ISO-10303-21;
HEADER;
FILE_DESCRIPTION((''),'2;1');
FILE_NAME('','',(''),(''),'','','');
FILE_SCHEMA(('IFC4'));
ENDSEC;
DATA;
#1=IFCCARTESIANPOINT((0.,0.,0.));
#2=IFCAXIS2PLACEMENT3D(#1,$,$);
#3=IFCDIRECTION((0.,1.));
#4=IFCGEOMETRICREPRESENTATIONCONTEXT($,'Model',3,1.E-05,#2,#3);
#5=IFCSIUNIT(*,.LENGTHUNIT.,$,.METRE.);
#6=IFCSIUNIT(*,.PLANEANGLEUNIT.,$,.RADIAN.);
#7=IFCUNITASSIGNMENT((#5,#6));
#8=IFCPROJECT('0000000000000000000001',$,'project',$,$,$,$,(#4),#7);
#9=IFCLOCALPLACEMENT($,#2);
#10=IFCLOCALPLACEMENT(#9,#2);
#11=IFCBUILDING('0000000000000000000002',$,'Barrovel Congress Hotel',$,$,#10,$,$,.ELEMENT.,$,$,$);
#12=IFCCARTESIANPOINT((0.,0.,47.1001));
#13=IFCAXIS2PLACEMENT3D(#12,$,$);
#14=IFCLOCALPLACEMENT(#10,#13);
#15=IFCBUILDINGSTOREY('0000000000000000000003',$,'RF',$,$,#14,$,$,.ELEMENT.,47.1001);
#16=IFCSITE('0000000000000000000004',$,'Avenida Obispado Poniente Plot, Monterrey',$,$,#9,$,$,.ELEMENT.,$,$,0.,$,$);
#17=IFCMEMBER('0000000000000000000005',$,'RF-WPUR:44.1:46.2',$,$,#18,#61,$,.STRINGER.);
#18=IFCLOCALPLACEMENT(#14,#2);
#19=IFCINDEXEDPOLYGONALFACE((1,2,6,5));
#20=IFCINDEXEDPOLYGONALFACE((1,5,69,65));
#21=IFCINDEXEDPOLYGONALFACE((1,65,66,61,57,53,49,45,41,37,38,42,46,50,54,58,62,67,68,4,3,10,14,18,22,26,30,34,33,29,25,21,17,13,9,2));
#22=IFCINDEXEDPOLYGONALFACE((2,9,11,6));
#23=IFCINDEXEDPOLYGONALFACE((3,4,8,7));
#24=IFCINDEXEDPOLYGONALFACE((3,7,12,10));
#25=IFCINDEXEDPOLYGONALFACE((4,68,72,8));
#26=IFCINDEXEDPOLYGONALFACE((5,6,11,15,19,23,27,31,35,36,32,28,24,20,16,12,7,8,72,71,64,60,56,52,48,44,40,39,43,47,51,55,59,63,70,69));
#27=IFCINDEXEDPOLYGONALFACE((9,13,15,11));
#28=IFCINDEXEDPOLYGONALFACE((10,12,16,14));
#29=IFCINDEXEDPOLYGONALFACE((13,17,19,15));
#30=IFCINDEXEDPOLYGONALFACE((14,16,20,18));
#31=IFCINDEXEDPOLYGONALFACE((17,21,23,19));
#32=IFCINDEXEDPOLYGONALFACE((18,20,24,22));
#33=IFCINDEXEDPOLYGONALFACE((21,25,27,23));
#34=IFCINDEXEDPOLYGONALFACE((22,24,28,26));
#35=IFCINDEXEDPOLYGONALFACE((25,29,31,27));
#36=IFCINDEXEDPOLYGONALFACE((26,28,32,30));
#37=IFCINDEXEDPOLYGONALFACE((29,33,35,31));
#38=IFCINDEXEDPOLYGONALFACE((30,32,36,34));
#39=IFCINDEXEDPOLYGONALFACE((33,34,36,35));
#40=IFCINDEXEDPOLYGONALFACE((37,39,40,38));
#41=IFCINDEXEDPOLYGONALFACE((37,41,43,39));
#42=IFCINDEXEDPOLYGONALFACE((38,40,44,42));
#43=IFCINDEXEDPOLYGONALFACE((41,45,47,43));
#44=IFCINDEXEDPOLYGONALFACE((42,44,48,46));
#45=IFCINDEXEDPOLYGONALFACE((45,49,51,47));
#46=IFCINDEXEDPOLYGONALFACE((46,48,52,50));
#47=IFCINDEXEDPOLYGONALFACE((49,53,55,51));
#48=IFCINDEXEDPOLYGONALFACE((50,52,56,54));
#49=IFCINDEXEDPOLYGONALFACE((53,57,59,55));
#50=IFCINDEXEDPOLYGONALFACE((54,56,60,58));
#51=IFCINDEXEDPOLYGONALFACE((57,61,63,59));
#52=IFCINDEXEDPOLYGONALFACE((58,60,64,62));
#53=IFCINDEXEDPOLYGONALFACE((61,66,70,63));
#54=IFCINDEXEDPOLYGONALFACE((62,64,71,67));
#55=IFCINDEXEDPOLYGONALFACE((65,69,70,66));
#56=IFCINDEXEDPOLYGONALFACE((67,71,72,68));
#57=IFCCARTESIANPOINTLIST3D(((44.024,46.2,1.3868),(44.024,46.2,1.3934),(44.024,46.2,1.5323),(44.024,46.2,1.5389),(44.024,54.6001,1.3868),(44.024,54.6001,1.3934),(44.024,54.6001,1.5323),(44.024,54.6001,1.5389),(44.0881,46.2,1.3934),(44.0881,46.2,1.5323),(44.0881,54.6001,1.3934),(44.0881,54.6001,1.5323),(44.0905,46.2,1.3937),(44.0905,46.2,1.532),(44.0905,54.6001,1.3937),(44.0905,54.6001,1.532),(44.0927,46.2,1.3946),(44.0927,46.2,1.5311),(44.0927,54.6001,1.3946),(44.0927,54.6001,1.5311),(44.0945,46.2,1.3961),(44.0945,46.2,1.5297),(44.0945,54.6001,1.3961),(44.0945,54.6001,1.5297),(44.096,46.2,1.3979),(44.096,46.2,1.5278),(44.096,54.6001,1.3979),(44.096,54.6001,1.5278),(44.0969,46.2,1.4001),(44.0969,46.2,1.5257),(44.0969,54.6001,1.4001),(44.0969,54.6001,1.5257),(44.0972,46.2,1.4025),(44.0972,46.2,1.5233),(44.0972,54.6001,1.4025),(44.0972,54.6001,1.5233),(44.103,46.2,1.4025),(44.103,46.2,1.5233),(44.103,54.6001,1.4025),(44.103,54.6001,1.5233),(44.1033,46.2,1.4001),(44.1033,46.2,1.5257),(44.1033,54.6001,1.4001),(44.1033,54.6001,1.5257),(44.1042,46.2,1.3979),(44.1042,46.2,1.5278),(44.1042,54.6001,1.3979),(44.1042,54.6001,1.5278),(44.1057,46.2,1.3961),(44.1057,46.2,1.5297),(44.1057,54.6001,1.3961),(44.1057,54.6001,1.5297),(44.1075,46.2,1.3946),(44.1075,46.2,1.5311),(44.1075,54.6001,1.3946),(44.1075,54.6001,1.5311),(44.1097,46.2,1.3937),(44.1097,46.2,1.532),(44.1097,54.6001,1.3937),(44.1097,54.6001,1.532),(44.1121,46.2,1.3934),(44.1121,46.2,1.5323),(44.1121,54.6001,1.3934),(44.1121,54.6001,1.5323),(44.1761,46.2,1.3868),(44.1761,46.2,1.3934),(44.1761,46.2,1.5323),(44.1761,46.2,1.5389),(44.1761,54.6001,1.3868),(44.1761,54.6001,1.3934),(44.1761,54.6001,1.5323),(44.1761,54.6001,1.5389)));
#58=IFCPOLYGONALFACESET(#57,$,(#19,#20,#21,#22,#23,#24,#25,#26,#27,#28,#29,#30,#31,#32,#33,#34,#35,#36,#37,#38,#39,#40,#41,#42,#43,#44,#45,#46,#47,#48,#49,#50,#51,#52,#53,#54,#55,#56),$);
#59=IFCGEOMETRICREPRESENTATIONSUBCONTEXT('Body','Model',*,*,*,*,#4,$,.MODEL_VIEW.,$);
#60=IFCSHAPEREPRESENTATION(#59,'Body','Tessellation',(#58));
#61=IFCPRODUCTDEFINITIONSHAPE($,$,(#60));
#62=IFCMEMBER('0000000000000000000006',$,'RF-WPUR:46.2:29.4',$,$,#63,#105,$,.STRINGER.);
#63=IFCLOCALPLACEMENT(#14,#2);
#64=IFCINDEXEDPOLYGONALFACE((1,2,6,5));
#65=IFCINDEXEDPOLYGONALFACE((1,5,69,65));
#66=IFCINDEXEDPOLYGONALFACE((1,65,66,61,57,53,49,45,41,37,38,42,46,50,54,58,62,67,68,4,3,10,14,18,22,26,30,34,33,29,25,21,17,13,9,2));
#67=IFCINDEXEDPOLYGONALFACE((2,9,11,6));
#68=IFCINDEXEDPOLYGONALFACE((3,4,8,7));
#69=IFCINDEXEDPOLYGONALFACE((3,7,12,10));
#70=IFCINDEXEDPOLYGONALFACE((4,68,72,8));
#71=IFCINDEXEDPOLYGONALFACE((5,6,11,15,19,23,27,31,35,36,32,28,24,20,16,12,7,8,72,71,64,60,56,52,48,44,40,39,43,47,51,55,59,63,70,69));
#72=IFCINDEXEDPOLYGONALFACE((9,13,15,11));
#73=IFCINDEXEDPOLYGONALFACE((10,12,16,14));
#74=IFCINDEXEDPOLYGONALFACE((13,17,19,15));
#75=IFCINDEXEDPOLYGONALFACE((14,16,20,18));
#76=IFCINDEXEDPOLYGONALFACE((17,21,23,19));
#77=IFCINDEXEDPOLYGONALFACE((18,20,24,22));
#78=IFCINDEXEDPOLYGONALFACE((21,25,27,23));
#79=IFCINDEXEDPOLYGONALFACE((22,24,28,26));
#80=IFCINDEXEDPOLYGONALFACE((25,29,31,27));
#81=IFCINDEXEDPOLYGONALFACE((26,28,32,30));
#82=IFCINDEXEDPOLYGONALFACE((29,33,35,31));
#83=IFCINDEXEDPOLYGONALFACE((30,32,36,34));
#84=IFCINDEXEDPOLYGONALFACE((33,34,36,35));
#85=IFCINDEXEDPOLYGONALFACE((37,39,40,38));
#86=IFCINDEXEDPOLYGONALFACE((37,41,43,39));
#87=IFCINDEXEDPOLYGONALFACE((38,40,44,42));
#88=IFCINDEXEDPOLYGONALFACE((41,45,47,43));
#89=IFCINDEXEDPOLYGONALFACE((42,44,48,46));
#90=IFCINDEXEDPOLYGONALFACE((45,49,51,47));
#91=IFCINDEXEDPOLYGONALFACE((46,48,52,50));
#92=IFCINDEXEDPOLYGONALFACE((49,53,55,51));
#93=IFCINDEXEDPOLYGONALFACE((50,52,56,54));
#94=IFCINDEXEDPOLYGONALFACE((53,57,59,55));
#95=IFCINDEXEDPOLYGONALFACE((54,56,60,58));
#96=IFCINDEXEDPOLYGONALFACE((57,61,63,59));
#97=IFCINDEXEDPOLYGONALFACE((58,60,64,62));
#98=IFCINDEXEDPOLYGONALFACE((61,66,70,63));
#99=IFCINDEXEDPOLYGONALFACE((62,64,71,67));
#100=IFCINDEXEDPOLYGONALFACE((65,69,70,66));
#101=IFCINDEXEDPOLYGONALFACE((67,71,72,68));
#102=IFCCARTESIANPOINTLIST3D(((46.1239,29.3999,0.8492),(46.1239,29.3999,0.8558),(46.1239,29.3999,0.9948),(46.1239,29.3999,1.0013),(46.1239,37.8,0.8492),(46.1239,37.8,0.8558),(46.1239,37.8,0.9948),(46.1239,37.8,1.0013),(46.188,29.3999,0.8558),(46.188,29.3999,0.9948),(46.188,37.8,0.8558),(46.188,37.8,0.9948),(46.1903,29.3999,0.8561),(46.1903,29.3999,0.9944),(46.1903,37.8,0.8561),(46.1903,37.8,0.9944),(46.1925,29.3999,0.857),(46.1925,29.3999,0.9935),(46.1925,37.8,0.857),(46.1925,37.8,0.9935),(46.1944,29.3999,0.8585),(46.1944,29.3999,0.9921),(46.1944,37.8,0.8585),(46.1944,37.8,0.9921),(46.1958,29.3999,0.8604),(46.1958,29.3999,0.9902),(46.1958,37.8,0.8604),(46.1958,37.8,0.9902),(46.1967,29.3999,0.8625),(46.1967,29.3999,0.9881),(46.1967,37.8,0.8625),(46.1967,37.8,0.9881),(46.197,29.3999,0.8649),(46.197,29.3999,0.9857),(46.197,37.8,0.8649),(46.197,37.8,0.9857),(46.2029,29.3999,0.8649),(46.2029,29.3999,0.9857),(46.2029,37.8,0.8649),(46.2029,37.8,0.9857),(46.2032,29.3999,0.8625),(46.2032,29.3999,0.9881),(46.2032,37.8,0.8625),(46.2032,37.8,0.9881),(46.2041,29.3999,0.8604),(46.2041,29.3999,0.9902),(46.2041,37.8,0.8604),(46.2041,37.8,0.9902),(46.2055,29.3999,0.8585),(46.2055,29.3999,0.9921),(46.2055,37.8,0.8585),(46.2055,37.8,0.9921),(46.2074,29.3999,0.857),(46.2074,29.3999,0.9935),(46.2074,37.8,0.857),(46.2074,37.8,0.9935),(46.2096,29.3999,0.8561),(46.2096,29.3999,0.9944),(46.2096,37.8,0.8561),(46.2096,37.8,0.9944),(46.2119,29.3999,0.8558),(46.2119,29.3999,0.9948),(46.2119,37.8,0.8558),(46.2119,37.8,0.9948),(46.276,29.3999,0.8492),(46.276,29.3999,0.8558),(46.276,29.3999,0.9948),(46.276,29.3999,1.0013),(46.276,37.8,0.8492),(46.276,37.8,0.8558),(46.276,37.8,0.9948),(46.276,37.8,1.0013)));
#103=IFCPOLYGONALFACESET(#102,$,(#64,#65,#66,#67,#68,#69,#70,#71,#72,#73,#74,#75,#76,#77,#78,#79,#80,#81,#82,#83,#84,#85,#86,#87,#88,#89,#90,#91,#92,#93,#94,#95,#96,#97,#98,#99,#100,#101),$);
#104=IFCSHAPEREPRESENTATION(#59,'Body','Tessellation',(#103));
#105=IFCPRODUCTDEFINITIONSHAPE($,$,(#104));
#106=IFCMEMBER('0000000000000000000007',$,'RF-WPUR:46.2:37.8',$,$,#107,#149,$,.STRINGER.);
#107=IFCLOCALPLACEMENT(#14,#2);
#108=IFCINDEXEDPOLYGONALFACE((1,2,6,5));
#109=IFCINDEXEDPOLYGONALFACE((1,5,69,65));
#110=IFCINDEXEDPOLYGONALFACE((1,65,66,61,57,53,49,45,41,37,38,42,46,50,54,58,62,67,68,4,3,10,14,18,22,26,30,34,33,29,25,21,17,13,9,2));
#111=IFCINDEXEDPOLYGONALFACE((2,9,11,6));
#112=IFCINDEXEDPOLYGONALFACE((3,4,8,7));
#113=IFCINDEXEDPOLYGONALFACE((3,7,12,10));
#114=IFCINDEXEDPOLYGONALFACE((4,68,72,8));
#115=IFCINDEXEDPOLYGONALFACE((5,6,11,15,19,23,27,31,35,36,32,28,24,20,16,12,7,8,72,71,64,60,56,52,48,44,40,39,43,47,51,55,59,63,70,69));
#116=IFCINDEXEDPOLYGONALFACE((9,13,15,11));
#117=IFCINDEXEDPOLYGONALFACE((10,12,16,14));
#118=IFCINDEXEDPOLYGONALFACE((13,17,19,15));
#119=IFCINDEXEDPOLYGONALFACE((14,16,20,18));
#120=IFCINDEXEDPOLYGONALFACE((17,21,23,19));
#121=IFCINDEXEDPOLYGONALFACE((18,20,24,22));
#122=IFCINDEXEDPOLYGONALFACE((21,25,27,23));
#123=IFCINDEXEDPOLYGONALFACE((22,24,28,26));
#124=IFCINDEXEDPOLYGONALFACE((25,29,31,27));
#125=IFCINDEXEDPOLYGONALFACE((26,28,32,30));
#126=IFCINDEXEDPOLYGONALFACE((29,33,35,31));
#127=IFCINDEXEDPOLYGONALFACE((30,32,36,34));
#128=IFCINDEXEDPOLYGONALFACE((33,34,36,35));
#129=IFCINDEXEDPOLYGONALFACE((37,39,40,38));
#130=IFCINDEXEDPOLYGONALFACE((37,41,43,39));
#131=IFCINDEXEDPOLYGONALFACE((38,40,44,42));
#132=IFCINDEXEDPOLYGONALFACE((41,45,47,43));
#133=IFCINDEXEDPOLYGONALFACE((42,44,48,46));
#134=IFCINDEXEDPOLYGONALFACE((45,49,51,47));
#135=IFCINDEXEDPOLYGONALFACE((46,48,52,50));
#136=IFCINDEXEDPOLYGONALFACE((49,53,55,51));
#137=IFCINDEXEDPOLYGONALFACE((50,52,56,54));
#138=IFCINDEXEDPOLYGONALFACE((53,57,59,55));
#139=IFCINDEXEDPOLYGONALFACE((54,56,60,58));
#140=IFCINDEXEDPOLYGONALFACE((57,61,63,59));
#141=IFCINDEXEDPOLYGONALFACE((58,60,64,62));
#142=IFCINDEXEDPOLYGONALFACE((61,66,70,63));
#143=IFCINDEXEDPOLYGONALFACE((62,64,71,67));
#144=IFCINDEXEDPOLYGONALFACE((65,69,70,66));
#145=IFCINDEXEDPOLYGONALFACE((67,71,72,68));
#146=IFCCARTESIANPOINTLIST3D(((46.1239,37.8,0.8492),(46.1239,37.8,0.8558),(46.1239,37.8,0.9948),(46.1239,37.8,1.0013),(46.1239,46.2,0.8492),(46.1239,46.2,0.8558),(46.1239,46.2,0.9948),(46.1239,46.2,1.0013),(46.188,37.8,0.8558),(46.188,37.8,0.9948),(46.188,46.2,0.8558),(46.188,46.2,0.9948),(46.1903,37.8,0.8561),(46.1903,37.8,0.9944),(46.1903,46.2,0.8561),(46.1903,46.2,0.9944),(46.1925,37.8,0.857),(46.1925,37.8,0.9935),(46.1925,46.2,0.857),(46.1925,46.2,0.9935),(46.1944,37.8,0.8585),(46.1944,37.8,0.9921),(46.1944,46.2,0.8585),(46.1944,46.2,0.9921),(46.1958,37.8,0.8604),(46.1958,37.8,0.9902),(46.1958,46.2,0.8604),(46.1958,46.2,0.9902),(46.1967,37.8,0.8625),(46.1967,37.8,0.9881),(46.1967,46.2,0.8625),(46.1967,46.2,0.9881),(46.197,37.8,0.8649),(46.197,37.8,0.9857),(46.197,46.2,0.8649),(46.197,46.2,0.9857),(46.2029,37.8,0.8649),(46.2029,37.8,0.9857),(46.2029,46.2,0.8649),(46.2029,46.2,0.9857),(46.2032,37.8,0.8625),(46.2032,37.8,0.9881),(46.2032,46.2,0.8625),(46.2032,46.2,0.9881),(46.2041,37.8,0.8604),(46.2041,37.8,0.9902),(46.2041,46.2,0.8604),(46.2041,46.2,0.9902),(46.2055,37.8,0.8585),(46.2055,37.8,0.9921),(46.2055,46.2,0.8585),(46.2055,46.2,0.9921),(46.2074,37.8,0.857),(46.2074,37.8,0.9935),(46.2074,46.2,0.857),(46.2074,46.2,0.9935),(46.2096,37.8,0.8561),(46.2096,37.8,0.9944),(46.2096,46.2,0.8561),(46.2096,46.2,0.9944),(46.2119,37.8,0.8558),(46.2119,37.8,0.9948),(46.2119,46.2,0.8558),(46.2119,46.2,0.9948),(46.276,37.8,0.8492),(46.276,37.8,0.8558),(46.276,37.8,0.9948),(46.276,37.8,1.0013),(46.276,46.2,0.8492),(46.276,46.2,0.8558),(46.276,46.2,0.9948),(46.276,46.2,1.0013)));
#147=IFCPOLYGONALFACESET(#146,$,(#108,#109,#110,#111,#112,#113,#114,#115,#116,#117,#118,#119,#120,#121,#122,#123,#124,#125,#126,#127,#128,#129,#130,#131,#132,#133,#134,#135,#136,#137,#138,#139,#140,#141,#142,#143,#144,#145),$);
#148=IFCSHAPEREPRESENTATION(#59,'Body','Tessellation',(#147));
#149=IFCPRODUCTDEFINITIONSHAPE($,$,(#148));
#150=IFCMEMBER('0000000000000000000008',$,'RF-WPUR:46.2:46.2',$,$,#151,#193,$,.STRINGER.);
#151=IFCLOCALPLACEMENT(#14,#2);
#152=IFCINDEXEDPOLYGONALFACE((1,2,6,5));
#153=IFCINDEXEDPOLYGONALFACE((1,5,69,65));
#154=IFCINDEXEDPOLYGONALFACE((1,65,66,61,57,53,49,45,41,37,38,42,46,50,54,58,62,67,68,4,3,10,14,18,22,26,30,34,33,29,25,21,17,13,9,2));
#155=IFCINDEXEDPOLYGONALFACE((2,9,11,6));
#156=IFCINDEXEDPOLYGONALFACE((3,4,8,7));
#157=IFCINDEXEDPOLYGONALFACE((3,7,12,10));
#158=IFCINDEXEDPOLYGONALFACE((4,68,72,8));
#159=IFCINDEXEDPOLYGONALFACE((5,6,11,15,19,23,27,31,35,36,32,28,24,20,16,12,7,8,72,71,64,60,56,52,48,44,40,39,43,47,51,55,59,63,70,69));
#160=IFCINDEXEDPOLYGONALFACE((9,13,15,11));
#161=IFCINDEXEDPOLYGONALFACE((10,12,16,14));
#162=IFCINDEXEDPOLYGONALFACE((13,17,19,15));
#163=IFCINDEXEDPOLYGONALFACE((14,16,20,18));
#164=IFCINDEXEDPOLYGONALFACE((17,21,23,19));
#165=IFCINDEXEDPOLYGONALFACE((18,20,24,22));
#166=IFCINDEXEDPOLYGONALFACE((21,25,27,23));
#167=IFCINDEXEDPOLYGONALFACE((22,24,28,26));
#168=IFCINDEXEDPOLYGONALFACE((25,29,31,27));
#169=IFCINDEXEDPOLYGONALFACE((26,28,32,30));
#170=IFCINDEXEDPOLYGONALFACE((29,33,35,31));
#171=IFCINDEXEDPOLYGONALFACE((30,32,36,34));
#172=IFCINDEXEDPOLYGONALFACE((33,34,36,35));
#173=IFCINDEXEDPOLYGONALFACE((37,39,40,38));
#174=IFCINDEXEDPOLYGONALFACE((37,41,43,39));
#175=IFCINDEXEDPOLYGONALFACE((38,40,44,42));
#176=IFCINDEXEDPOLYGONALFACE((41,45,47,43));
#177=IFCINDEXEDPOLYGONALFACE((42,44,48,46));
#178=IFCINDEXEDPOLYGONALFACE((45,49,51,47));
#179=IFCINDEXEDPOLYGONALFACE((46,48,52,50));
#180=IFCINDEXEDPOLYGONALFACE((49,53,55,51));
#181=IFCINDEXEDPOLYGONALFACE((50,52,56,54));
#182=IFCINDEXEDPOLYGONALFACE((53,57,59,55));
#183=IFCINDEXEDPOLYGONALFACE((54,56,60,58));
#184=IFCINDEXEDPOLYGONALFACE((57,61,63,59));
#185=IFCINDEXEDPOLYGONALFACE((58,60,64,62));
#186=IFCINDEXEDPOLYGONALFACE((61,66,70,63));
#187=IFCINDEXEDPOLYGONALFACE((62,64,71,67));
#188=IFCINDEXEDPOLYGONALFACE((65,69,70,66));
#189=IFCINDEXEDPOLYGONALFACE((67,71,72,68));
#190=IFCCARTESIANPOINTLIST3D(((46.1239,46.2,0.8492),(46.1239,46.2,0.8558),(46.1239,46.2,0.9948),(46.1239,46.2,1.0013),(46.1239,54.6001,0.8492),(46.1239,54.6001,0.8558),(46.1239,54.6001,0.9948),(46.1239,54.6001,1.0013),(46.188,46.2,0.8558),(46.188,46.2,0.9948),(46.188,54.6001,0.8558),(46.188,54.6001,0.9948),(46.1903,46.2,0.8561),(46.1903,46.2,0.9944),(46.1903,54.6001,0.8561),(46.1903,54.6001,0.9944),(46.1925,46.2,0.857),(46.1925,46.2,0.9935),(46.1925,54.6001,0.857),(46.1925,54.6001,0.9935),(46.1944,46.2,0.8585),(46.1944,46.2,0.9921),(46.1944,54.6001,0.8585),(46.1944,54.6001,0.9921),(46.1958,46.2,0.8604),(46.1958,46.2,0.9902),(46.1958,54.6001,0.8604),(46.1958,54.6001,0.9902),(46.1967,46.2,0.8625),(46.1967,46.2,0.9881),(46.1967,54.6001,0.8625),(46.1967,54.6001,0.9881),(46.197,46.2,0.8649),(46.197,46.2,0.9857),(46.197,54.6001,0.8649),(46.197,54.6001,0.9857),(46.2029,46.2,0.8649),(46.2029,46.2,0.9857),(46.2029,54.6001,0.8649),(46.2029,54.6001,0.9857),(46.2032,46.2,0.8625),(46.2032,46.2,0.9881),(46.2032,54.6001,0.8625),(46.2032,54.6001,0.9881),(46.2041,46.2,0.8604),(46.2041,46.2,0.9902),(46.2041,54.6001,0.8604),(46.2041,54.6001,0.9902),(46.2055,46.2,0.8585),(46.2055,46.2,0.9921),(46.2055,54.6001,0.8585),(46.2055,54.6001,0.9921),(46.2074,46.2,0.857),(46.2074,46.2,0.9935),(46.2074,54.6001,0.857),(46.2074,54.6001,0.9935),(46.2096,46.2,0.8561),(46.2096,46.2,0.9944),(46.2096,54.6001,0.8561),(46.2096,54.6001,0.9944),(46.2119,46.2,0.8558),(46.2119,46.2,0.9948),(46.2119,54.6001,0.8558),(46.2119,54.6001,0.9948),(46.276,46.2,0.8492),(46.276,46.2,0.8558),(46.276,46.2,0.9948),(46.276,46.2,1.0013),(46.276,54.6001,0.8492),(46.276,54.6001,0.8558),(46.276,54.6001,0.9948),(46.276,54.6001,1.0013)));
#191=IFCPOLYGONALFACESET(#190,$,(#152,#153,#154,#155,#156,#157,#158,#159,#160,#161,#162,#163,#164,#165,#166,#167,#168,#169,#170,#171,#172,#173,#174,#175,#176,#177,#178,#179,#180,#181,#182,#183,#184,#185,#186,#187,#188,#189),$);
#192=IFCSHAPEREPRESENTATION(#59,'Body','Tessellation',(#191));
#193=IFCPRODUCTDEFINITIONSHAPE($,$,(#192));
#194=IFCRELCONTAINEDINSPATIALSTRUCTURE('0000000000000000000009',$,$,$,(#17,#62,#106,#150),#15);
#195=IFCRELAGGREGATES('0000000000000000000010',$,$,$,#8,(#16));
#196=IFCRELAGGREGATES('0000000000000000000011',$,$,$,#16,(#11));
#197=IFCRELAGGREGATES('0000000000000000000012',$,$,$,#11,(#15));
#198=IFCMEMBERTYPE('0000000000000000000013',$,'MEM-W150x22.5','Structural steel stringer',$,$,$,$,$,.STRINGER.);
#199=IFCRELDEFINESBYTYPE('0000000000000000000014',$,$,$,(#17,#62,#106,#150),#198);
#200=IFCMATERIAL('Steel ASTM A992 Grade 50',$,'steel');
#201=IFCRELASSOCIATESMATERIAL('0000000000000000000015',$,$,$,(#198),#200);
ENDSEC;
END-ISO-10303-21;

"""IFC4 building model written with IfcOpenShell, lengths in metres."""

from ifc_helpers import new_model, si_unit, direction, frame, origin, origin_2d, place, context, subcontext, project, spatial, i_section, extrude, material, material_profile, profile_set, type_object, element, save


model = new_model("IFC4")

# Units and contexts
model_context = context("Model", 3, precision=1e-05, world=origin(), true_north=direction((0.0, 1.0)))
body_context = subcontext(model_context, "Body", "Model", "MODEL_VIEW")
ifc_project = project(units=[si_unit("LENGTHUNIT", "METRE"), si_unit("PLANEANGLEUNIT", "RADIAN")], contexts=[model_context])

# Site, building, storey
site_placement = place(None, origin())
site = spatial("IfcSite", under=ifc_project, at=site_placement, Name="Avenida Obispado Poniente Plot, Monterrey", CompositionType="ELEMENT", RefElevation=0.0)
building_placement = place(site_placement, origin())
building = spatial("IfcBuilding", under=site, at=building_placement, Name="Barrovel Congress Hotel", CompositionType="ELEMENT")
storey_placement = place(building_placement, frame((0.0, 0.0, 47.1001)))
storey = spatial("IfcBuildingStorey", under=building, at=storey_placement, Name="RF", CompositionType="ELEMENT", Elevation=47.1001)

# Members
ifc_material_1 = material(Name="Steel ASTM A992 Grade 50", Category="steel")
ifc_material_profile_1 = material_profile(ifc_material_1, i_section(OverallWidth=0.1521, OverallDepth=0.1521, WebThickness=0.0059, FlangeThickness=0.0066, FilletRadius=0.009, at=origin_2d()), Name="W150x22.5")
ifc_profile_set_1 = profile_set([ifc_material_profile_1], Name="Steel ASTM A992 Grade 50")
member_type = type_object("IfcMemberType", Name="MEM-W150x22.5", Description="Structural steel stringer", PredefinedType="STRINGER", material=ifc_profile_set_1)
for number, where, z_axis, x_axis, name in (
    (1, (44.1001, 46.2, 1.4629), (0.0, 1.0, 0.0), (-1.0, 0.0, 0.0), "RF-WPUR:44.1:46.2"),
    (2, (46.2, 29.3999, 0.9253), (0.0, 1.0, 0.0), (-1.0, 0.0, 0.0), "RF-WPUR:46.2:29.4"),
):
    element("IfcMember", number, at=place(storey_placement, frame(where, z_axis=z_axis, x_axis=x_axis)), inside=storey, type_object=member_type, Name=name, PredefinedType="STRINGER", context=body_context, shape_type="SweptSolid", body=[
        extrude(i_section(OverallWidth=0.1521, OverallDepth=0.1521, WebThickness=0.0059, FlangeThickness=0.0066, FilletRadius=0.009, at=origin_2d()), origin(), (0.0, 0.0, 1.0), 8.4001),
    ])
member_1_placement = place(storey_placement, frame((46.2, 37.8, 0.9253), z_axis=(0.0, 1.0, 0.0), x_axis=(-1.0, 0.0, 0.0)))
element("IfcMember", 3, at=member_1_placement, inside=storey, type_object=member_type, Name="RF-WPUR:46.2:37.8", PredefinedType="STRINGER", context=body_context, shape_type="SweptSolid", body=[
    extrude(i_section(OverallWidth=0.1521, OverallDepth=0.1521, WebThickness=0.0059, FlangeThickness=0.0066, FilletRadius=0.009, at=origin_2d()), origin(), (0.0, 0.0, 1.0), 8.3999),
])
member_2_placement = place(storey_placement, frame((46.2, 46.2, 0.9253), z_axis=(0.0, 1.0, 0.0), x_axis=(-1.0, 0.0, 0.0)))
element("IfcMember", 4, at=member_2_placement, inside=storey, type_object=member_type, Name="RF-WPUR:46.2:46.2", PredefinedType="STRINGER", context=body_context, shape_type="SweptSolid", body=[
    extrude(i_section(OverallWidth=0.1521, OverallDepth=0.1521, WebThickness=0.0059, FlangeThickness=0.0066, FilletRadius=0.009, at=origin_2d()), origin(), (0.0, 0.0, 1.0), 8.4001),
])

save(model, "model.ifc")
